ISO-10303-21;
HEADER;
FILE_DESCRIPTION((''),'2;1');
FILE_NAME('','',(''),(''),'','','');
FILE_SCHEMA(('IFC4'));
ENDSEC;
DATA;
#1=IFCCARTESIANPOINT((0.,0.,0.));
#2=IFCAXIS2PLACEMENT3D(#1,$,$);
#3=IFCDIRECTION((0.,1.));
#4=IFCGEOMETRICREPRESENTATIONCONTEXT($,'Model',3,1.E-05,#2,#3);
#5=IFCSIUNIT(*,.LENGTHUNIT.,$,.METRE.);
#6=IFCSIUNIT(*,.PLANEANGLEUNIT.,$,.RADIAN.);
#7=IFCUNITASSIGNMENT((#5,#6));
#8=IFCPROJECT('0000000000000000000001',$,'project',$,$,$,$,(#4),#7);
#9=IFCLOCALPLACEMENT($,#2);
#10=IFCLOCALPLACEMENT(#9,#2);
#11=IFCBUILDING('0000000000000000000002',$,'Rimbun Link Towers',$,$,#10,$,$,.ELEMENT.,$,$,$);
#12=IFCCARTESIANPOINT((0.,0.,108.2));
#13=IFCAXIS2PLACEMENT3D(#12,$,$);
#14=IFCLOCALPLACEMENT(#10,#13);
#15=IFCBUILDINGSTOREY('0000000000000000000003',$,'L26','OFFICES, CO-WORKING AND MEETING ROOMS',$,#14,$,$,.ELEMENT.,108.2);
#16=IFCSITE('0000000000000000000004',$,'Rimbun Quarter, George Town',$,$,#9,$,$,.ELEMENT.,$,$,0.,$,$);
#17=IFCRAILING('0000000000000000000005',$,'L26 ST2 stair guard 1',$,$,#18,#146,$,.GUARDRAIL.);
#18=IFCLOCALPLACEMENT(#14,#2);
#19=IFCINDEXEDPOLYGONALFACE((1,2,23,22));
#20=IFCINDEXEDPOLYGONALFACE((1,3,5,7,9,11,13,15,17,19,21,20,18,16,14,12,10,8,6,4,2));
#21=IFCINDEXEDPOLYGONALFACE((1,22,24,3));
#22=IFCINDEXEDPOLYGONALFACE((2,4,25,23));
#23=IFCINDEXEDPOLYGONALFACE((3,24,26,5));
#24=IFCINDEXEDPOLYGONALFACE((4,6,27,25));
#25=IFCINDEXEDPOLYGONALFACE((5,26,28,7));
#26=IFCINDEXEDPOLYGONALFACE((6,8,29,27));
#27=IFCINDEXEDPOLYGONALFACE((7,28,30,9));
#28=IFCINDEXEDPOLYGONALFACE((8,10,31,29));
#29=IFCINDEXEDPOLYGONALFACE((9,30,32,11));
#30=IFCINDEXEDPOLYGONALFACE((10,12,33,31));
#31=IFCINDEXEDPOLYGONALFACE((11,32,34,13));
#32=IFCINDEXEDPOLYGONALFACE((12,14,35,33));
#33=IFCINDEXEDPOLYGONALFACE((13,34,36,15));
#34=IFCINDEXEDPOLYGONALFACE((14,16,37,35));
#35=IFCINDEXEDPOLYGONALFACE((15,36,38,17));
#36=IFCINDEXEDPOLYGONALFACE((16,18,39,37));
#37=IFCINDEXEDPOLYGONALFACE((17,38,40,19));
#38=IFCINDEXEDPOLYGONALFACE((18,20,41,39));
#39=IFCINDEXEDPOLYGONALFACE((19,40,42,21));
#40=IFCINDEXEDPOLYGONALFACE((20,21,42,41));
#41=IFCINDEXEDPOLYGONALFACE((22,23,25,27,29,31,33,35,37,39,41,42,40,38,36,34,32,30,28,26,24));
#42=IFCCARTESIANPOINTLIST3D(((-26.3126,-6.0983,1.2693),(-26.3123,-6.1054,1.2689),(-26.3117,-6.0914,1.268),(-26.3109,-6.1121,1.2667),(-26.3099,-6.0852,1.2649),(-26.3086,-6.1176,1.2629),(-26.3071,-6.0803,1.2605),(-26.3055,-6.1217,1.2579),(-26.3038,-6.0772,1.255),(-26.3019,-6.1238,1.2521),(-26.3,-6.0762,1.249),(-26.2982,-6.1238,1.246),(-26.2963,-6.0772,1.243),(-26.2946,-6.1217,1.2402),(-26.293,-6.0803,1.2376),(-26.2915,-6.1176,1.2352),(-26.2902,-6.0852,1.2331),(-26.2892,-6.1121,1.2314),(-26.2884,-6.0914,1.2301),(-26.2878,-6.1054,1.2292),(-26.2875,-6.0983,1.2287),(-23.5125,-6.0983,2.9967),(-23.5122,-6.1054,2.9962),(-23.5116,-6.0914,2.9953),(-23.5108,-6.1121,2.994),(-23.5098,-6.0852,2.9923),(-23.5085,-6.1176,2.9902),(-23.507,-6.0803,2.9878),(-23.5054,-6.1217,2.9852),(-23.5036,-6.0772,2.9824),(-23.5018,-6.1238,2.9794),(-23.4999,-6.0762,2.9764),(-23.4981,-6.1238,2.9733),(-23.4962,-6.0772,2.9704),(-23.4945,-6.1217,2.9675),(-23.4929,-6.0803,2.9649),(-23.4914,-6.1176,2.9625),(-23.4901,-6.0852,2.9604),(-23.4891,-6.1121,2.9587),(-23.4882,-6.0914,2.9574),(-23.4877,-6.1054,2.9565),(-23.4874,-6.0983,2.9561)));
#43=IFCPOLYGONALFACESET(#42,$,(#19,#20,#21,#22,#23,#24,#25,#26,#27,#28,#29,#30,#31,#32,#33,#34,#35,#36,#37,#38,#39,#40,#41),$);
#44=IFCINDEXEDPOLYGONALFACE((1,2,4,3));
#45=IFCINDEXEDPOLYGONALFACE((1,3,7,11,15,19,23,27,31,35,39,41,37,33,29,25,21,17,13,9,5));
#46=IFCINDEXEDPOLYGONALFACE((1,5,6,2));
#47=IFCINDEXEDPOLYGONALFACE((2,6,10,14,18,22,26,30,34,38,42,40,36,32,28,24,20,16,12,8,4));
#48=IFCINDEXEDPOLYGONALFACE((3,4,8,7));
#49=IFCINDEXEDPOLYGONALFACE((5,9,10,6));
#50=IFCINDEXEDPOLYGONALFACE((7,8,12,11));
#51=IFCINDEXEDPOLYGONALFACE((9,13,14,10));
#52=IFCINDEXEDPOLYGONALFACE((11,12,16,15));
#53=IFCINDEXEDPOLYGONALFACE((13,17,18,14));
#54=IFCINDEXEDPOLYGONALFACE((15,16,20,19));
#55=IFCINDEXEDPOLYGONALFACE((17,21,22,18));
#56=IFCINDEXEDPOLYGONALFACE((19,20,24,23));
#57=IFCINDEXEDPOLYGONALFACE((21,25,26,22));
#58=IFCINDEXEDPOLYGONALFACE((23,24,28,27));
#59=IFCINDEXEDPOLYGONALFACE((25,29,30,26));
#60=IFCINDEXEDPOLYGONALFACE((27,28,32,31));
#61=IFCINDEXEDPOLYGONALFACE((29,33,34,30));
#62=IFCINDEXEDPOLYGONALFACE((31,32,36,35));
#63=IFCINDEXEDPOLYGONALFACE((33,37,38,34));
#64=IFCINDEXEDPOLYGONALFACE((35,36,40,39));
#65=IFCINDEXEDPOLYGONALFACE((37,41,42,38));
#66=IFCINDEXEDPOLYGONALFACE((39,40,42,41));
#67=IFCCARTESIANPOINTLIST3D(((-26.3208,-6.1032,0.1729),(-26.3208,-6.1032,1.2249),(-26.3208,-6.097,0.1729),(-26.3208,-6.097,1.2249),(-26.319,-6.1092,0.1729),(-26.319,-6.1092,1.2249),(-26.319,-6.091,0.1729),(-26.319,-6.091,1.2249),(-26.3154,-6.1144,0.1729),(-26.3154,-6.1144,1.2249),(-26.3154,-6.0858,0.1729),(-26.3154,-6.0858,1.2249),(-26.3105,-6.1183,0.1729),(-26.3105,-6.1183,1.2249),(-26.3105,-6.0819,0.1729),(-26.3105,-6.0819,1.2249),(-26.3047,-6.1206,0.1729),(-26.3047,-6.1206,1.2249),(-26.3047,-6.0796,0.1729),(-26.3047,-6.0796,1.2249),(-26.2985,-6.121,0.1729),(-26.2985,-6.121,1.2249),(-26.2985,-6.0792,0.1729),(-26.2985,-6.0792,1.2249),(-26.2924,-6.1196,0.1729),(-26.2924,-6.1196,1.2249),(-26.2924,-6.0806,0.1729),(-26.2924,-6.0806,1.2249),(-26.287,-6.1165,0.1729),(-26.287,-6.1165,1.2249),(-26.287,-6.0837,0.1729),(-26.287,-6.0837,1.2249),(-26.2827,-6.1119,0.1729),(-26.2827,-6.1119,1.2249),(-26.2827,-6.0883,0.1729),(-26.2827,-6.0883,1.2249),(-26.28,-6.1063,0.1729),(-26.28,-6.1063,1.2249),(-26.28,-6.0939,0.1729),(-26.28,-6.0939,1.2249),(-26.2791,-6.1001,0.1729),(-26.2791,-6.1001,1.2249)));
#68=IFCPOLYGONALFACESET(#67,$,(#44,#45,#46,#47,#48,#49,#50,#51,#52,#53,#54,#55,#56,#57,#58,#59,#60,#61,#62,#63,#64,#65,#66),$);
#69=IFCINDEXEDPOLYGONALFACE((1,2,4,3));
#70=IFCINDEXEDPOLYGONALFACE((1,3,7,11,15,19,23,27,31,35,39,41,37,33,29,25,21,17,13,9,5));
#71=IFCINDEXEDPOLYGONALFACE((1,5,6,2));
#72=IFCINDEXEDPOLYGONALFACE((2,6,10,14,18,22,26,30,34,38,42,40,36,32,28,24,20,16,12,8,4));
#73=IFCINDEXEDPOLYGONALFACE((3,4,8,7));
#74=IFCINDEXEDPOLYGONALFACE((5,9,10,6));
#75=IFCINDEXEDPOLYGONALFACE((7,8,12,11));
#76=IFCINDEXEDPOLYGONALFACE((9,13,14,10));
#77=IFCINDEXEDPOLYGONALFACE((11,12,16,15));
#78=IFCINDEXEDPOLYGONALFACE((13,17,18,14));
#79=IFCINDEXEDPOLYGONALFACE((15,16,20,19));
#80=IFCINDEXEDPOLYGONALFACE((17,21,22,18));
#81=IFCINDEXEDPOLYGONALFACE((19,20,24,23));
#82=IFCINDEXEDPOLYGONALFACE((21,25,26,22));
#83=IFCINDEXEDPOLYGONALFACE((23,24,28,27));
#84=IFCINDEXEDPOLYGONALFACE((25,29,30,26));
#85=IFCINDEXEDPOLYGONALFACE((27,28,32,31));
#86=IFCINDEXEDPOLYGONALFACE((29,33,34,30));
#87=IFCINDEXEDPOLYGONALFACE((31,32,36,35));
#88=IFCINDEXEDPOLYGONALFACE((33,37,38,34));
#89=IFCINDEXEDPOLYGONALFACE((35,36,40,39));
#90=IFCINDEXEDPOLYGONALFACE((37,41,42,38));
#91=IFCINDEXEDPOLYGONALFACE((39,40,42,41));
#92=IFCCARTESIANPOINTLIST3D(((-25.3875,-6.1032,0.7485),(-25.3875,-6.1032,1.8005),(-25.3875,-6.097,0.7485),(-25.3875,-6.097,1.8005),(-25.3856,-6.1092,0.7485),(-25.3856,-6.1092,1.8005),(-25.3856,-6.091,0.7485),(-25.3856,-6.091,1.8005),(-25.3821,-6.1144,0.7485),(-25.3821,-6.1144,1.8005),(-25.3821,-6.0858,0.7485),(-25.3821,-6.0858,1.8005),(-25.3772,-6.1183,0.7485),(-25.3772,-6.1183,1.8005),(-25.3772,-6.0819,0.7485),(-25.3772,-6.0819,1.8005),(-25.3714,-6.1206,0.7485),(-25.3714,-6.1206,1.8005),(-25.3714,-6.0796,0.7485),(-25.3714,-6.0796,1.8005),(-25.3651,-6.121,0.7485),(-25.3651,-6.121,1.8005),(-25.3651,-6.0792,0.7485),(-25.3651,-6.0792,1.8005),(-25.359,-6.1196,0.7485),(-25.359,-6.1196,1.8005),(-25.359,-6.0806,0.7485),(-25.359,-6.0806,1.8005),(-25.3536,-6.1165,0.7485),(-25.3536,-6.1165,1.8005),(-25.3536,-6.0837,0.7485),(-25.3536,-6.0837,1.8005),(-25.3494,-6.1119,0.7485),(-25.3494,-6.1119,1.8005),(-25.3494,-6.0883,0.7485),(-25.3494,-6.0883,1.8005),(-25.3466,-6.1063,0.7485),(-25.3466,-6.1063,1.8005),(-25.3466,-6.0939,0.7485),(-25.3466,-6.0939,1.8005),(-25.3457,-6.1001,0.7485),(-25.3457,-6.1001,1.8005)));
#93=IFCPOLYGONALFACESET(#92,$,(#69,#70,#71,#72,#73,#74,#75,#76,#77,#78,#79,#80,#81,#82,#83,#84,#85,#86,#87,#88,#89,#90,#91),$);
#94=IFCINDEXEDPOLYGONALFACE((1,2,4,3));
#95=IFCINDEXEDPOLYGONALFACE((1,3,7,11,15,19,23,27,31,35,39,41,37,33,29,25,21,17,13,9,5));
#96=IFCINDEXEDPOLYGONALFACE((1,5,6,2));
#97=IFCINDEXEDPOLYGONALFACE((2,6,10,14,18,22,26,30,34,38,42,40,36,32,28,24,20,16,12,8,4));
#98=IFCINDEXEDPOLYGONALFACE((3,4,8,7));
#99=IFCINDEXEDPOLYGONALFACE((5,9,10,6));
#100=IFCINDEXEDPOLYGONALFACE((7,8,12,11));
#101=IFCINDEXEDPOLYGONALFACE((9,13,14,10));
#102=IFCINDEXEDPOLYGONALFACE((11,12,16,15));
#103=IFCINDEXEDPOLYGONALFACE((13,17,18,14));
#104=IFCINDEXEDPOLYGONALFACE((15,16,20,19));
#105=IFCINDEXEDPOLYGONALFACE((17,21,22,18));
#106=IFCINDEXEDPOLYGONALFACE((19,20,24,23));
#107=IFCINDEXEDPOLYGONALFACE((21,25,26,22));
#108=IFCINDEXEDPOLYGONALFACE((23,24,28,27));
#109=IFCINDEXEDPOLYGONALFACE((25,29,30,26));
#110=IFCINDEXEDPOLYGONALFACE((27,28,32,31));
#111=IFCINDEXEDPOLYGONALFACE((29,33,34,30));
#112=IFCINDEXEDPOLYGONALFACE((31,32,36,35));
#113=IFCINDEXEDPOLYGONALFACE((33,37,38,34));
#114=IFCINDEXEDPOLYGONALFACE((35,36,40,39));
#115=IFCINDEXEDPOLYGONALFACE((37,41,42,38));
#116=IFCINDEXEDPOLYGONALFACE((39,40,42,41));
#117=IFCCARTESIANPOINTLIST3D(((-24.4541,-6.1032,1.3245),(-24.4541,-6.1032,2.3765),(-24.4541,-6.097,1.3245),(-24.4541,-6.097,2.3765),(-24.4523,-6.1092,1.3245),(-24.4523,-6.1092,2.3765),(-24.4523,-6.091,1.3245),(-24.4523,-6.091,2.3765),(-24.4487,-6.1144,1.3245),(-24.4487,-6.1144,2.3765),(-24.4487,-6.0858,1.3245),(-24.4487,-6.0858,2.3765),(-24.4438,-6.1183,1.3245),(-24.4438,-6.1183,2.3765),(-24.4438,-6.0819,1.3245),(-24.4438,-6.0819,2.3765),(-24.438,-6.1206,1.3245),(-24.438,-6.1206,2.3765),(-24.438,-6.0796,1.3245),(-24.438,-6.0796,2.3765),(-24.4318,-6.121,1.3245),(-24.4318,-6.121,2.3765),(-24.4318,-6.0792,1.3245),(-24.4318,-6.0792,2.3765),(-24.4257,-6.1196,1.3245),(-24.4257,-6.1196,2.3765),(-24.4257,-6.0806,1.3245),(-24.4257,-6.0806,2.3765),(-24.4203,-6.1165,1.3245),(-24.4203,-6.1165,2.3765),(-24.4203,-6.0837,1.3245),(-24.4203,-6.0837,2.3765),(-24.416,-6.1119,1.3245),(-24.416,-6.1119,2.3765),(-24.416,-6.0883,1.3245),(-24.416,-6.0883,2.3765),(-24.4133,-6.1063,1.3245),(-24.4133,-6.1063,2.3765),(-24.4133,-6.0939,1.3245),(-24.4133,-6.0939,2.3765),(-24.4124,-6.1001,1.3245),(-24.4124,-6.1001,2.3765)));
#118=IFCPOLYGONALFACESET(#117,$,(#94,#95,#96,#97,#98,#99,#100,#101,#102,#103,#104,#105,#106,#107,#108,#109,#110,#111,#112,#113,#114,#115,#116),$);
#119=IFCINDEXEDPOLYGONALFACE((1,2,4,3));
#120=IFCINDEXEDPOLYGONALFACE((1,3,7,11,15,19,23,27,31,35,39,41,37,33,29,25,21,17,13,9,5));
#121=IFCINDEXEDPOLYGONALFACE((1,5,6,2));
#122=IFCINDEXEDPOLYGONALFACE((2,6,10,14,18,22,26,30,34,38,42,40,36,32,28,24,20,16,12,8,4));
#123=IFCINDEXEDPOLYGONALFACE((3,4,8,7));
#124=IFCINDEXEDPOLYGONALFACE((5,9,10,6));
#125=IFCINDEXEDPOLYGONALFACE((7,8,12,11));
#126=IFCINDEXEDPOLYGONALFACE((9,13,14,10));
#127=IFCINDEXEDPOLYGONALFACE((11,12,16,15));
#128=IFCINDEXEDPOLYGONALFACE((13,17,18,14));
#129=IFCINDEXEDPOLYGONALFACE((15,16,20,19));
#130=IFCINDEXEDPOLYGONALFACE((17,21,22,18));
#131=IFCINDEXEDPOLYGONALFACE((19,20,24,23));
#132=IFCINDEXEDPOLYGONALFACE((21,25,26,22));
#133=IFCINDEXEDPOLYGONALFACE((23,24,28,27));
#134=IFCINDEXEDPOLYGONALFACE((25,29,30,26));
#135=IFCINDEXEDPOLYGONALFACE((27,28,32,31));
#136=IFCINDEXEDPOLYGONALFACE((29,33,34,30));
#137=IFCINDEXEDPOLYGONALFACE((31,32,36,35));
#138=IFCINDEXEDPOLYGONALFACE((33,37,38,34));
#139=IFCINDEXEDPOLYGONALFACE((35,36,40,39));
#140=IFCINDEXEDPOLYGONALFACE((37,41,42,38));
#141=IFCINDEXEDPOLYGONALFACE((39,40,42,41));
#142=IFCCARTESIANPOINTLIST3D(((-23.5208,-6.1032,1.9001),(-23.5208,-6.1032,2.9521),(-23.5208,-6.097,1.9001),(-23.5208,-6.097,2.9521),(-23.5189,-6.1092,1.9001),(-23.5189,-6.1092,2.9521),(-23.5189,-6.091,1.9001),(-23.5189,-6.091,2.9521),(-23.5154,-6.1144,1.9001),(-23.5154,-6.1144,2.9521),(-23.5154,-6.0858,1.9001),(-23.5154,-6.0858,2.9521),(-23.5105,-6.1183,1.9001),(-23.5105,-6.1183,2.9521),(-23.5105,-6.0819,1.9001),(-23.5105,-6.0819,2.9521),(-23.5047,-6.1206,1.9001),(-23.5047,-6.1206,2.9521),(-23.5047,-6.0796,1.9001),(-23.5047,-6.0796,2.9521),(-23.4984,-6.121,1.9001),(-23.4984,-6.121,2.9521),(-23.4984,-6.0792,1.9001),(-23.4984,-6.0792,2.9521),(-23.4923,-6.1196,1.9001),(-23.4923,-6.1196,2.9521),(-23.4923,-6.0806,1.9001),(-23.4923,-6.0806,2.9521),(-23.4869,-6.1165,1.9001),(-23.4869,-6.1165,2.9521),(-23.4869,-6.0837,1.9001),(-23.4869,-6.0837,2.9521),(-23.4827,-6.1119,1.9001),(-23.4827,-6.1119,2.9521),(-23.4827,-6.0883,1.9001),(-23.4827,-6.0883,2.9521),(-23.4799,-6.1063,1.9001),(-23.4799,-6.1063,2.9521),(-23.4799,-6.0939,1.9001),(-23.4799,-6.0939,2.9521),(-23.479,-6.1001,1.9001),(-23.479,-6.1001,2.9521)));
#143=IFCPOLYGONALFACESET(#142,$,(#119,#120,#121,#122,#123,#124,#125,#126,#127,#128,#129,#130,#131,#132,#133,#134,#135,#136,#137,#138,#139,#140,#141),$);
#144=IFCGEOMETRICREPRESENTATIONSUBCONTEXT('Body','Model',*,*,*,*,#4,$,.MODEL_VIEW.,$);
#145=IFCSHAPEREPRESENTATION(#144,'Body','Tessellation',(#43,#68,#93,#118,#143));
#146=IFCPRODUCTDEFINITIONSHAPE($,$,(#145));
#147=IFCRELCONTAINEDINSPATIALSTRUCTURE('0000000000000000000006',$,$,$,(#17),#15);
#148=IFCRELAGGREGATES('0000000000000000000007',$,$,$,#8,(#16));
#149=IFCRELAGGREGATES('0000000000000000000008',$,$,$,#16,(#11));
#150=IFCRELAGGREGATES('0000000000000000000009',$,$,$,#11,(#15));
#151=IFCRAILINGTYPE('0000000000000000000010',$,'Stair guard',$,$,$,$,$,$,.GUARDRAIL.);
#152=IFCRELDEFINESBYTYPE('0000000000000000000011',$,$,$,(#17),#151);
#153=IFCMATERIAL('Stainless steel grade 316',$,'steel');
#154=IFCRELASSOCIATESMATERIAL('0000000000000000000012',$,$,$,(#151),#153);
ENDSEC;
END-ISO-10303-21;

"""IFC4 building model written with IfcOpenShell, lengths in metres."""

from ifc_helpers import new_model, si_unit, direction, frame, origin, origin_2d, place, context, subcontext, project, spatial, circle, extrude, material, type_object, element, save


model = new_model("IFC4")

# Units and contexts
model_context = context("Model", 3, precision=1e-05, world=origin(), true_north=direction((0.0, 1.0)))
body_context = subcontext(model_context, "Body", "Model", "MODEL_VIEW")
ifc_project = project(units=[si_unit("LENGTHUNIT", "METRE"), si_unit("PLANEANGLEUNIT", "RADIAN")], contexts=[model_context])

# Site, building, storey
site_placement = place(None, origin())
site = spatial("IfcSite", under=ifc_project, at=site_placement, Name="Rimbun Quarter, George Town", CompositionType="ELEMENT", RefElevation=0.0)
building_placement = place(site_placement, origin())
building = spatial("IfcBuilding", under=site, at=building_placement, Name="Rimbun Link Towers", CompositionType="ELEMENT")
storey_placement = place(building_placement, frame((0.0, 0.0, 108.2)))
storey = spatial("IfcBuildingStorey", under=building, at=storey_placement, Name="L26", Description="OFFICES, CO-WORKING AND MEETING ROOMS", CompositionType="ELEMENT", Elevation=108.2)

# Railing
ifc_material_1 = material(Name="Stainless steel grade 316", Category="steel")
railing_type_1 = type_object("IfcRailingType", Name="Stair guard", PredefinedType="GUARDRAIL", material=ifc_material_1)
railing_1_placement = place(storey_placement, frame((-26.3, -6.1001, 0.1729)))
element("IfcRailing", 1, at=railing_1_placement, inside=storey, type_object=railing_type_1, Name="L26 ST2 stair guard 1", PredefinedType="GUARDRAIL", context=body_context, shape_type="SweptSolid", body=[
    extrude(circle(Radius=0.0239, at=origin_2d()), frame((0.0, 0.0, 1.0762), z_axis=(0.85109, 0.0, 0.52502), x_axis=(0.0, 1.0, 0.0)), (0.0, 0.0, 1.0), 3.29),
    extrude(circle(Radius=0.021, at=origin_2d()), origin(), (0.0, 0.0, 1.0), 1.052),
    extrude(circle(Radius=0.021, at=origin_2d()), frame((0.9333, 0.0, 0.5757)), (0.0, 0.0, 1.0), 1.052),
    extrude(circle(Radius=0.021, at=origin_2d()), frame((1.8667, 0.0, 1.1516)), (0.0, 0.0, 1.0), 1.052),
    extrude(circle(Radius=0.021, at=origin_2d()), frame((2.8, 0.0, 1.7273)), (0.0, 0.0, 1.0), 1.052),
])

save(model, "model.ifc")
